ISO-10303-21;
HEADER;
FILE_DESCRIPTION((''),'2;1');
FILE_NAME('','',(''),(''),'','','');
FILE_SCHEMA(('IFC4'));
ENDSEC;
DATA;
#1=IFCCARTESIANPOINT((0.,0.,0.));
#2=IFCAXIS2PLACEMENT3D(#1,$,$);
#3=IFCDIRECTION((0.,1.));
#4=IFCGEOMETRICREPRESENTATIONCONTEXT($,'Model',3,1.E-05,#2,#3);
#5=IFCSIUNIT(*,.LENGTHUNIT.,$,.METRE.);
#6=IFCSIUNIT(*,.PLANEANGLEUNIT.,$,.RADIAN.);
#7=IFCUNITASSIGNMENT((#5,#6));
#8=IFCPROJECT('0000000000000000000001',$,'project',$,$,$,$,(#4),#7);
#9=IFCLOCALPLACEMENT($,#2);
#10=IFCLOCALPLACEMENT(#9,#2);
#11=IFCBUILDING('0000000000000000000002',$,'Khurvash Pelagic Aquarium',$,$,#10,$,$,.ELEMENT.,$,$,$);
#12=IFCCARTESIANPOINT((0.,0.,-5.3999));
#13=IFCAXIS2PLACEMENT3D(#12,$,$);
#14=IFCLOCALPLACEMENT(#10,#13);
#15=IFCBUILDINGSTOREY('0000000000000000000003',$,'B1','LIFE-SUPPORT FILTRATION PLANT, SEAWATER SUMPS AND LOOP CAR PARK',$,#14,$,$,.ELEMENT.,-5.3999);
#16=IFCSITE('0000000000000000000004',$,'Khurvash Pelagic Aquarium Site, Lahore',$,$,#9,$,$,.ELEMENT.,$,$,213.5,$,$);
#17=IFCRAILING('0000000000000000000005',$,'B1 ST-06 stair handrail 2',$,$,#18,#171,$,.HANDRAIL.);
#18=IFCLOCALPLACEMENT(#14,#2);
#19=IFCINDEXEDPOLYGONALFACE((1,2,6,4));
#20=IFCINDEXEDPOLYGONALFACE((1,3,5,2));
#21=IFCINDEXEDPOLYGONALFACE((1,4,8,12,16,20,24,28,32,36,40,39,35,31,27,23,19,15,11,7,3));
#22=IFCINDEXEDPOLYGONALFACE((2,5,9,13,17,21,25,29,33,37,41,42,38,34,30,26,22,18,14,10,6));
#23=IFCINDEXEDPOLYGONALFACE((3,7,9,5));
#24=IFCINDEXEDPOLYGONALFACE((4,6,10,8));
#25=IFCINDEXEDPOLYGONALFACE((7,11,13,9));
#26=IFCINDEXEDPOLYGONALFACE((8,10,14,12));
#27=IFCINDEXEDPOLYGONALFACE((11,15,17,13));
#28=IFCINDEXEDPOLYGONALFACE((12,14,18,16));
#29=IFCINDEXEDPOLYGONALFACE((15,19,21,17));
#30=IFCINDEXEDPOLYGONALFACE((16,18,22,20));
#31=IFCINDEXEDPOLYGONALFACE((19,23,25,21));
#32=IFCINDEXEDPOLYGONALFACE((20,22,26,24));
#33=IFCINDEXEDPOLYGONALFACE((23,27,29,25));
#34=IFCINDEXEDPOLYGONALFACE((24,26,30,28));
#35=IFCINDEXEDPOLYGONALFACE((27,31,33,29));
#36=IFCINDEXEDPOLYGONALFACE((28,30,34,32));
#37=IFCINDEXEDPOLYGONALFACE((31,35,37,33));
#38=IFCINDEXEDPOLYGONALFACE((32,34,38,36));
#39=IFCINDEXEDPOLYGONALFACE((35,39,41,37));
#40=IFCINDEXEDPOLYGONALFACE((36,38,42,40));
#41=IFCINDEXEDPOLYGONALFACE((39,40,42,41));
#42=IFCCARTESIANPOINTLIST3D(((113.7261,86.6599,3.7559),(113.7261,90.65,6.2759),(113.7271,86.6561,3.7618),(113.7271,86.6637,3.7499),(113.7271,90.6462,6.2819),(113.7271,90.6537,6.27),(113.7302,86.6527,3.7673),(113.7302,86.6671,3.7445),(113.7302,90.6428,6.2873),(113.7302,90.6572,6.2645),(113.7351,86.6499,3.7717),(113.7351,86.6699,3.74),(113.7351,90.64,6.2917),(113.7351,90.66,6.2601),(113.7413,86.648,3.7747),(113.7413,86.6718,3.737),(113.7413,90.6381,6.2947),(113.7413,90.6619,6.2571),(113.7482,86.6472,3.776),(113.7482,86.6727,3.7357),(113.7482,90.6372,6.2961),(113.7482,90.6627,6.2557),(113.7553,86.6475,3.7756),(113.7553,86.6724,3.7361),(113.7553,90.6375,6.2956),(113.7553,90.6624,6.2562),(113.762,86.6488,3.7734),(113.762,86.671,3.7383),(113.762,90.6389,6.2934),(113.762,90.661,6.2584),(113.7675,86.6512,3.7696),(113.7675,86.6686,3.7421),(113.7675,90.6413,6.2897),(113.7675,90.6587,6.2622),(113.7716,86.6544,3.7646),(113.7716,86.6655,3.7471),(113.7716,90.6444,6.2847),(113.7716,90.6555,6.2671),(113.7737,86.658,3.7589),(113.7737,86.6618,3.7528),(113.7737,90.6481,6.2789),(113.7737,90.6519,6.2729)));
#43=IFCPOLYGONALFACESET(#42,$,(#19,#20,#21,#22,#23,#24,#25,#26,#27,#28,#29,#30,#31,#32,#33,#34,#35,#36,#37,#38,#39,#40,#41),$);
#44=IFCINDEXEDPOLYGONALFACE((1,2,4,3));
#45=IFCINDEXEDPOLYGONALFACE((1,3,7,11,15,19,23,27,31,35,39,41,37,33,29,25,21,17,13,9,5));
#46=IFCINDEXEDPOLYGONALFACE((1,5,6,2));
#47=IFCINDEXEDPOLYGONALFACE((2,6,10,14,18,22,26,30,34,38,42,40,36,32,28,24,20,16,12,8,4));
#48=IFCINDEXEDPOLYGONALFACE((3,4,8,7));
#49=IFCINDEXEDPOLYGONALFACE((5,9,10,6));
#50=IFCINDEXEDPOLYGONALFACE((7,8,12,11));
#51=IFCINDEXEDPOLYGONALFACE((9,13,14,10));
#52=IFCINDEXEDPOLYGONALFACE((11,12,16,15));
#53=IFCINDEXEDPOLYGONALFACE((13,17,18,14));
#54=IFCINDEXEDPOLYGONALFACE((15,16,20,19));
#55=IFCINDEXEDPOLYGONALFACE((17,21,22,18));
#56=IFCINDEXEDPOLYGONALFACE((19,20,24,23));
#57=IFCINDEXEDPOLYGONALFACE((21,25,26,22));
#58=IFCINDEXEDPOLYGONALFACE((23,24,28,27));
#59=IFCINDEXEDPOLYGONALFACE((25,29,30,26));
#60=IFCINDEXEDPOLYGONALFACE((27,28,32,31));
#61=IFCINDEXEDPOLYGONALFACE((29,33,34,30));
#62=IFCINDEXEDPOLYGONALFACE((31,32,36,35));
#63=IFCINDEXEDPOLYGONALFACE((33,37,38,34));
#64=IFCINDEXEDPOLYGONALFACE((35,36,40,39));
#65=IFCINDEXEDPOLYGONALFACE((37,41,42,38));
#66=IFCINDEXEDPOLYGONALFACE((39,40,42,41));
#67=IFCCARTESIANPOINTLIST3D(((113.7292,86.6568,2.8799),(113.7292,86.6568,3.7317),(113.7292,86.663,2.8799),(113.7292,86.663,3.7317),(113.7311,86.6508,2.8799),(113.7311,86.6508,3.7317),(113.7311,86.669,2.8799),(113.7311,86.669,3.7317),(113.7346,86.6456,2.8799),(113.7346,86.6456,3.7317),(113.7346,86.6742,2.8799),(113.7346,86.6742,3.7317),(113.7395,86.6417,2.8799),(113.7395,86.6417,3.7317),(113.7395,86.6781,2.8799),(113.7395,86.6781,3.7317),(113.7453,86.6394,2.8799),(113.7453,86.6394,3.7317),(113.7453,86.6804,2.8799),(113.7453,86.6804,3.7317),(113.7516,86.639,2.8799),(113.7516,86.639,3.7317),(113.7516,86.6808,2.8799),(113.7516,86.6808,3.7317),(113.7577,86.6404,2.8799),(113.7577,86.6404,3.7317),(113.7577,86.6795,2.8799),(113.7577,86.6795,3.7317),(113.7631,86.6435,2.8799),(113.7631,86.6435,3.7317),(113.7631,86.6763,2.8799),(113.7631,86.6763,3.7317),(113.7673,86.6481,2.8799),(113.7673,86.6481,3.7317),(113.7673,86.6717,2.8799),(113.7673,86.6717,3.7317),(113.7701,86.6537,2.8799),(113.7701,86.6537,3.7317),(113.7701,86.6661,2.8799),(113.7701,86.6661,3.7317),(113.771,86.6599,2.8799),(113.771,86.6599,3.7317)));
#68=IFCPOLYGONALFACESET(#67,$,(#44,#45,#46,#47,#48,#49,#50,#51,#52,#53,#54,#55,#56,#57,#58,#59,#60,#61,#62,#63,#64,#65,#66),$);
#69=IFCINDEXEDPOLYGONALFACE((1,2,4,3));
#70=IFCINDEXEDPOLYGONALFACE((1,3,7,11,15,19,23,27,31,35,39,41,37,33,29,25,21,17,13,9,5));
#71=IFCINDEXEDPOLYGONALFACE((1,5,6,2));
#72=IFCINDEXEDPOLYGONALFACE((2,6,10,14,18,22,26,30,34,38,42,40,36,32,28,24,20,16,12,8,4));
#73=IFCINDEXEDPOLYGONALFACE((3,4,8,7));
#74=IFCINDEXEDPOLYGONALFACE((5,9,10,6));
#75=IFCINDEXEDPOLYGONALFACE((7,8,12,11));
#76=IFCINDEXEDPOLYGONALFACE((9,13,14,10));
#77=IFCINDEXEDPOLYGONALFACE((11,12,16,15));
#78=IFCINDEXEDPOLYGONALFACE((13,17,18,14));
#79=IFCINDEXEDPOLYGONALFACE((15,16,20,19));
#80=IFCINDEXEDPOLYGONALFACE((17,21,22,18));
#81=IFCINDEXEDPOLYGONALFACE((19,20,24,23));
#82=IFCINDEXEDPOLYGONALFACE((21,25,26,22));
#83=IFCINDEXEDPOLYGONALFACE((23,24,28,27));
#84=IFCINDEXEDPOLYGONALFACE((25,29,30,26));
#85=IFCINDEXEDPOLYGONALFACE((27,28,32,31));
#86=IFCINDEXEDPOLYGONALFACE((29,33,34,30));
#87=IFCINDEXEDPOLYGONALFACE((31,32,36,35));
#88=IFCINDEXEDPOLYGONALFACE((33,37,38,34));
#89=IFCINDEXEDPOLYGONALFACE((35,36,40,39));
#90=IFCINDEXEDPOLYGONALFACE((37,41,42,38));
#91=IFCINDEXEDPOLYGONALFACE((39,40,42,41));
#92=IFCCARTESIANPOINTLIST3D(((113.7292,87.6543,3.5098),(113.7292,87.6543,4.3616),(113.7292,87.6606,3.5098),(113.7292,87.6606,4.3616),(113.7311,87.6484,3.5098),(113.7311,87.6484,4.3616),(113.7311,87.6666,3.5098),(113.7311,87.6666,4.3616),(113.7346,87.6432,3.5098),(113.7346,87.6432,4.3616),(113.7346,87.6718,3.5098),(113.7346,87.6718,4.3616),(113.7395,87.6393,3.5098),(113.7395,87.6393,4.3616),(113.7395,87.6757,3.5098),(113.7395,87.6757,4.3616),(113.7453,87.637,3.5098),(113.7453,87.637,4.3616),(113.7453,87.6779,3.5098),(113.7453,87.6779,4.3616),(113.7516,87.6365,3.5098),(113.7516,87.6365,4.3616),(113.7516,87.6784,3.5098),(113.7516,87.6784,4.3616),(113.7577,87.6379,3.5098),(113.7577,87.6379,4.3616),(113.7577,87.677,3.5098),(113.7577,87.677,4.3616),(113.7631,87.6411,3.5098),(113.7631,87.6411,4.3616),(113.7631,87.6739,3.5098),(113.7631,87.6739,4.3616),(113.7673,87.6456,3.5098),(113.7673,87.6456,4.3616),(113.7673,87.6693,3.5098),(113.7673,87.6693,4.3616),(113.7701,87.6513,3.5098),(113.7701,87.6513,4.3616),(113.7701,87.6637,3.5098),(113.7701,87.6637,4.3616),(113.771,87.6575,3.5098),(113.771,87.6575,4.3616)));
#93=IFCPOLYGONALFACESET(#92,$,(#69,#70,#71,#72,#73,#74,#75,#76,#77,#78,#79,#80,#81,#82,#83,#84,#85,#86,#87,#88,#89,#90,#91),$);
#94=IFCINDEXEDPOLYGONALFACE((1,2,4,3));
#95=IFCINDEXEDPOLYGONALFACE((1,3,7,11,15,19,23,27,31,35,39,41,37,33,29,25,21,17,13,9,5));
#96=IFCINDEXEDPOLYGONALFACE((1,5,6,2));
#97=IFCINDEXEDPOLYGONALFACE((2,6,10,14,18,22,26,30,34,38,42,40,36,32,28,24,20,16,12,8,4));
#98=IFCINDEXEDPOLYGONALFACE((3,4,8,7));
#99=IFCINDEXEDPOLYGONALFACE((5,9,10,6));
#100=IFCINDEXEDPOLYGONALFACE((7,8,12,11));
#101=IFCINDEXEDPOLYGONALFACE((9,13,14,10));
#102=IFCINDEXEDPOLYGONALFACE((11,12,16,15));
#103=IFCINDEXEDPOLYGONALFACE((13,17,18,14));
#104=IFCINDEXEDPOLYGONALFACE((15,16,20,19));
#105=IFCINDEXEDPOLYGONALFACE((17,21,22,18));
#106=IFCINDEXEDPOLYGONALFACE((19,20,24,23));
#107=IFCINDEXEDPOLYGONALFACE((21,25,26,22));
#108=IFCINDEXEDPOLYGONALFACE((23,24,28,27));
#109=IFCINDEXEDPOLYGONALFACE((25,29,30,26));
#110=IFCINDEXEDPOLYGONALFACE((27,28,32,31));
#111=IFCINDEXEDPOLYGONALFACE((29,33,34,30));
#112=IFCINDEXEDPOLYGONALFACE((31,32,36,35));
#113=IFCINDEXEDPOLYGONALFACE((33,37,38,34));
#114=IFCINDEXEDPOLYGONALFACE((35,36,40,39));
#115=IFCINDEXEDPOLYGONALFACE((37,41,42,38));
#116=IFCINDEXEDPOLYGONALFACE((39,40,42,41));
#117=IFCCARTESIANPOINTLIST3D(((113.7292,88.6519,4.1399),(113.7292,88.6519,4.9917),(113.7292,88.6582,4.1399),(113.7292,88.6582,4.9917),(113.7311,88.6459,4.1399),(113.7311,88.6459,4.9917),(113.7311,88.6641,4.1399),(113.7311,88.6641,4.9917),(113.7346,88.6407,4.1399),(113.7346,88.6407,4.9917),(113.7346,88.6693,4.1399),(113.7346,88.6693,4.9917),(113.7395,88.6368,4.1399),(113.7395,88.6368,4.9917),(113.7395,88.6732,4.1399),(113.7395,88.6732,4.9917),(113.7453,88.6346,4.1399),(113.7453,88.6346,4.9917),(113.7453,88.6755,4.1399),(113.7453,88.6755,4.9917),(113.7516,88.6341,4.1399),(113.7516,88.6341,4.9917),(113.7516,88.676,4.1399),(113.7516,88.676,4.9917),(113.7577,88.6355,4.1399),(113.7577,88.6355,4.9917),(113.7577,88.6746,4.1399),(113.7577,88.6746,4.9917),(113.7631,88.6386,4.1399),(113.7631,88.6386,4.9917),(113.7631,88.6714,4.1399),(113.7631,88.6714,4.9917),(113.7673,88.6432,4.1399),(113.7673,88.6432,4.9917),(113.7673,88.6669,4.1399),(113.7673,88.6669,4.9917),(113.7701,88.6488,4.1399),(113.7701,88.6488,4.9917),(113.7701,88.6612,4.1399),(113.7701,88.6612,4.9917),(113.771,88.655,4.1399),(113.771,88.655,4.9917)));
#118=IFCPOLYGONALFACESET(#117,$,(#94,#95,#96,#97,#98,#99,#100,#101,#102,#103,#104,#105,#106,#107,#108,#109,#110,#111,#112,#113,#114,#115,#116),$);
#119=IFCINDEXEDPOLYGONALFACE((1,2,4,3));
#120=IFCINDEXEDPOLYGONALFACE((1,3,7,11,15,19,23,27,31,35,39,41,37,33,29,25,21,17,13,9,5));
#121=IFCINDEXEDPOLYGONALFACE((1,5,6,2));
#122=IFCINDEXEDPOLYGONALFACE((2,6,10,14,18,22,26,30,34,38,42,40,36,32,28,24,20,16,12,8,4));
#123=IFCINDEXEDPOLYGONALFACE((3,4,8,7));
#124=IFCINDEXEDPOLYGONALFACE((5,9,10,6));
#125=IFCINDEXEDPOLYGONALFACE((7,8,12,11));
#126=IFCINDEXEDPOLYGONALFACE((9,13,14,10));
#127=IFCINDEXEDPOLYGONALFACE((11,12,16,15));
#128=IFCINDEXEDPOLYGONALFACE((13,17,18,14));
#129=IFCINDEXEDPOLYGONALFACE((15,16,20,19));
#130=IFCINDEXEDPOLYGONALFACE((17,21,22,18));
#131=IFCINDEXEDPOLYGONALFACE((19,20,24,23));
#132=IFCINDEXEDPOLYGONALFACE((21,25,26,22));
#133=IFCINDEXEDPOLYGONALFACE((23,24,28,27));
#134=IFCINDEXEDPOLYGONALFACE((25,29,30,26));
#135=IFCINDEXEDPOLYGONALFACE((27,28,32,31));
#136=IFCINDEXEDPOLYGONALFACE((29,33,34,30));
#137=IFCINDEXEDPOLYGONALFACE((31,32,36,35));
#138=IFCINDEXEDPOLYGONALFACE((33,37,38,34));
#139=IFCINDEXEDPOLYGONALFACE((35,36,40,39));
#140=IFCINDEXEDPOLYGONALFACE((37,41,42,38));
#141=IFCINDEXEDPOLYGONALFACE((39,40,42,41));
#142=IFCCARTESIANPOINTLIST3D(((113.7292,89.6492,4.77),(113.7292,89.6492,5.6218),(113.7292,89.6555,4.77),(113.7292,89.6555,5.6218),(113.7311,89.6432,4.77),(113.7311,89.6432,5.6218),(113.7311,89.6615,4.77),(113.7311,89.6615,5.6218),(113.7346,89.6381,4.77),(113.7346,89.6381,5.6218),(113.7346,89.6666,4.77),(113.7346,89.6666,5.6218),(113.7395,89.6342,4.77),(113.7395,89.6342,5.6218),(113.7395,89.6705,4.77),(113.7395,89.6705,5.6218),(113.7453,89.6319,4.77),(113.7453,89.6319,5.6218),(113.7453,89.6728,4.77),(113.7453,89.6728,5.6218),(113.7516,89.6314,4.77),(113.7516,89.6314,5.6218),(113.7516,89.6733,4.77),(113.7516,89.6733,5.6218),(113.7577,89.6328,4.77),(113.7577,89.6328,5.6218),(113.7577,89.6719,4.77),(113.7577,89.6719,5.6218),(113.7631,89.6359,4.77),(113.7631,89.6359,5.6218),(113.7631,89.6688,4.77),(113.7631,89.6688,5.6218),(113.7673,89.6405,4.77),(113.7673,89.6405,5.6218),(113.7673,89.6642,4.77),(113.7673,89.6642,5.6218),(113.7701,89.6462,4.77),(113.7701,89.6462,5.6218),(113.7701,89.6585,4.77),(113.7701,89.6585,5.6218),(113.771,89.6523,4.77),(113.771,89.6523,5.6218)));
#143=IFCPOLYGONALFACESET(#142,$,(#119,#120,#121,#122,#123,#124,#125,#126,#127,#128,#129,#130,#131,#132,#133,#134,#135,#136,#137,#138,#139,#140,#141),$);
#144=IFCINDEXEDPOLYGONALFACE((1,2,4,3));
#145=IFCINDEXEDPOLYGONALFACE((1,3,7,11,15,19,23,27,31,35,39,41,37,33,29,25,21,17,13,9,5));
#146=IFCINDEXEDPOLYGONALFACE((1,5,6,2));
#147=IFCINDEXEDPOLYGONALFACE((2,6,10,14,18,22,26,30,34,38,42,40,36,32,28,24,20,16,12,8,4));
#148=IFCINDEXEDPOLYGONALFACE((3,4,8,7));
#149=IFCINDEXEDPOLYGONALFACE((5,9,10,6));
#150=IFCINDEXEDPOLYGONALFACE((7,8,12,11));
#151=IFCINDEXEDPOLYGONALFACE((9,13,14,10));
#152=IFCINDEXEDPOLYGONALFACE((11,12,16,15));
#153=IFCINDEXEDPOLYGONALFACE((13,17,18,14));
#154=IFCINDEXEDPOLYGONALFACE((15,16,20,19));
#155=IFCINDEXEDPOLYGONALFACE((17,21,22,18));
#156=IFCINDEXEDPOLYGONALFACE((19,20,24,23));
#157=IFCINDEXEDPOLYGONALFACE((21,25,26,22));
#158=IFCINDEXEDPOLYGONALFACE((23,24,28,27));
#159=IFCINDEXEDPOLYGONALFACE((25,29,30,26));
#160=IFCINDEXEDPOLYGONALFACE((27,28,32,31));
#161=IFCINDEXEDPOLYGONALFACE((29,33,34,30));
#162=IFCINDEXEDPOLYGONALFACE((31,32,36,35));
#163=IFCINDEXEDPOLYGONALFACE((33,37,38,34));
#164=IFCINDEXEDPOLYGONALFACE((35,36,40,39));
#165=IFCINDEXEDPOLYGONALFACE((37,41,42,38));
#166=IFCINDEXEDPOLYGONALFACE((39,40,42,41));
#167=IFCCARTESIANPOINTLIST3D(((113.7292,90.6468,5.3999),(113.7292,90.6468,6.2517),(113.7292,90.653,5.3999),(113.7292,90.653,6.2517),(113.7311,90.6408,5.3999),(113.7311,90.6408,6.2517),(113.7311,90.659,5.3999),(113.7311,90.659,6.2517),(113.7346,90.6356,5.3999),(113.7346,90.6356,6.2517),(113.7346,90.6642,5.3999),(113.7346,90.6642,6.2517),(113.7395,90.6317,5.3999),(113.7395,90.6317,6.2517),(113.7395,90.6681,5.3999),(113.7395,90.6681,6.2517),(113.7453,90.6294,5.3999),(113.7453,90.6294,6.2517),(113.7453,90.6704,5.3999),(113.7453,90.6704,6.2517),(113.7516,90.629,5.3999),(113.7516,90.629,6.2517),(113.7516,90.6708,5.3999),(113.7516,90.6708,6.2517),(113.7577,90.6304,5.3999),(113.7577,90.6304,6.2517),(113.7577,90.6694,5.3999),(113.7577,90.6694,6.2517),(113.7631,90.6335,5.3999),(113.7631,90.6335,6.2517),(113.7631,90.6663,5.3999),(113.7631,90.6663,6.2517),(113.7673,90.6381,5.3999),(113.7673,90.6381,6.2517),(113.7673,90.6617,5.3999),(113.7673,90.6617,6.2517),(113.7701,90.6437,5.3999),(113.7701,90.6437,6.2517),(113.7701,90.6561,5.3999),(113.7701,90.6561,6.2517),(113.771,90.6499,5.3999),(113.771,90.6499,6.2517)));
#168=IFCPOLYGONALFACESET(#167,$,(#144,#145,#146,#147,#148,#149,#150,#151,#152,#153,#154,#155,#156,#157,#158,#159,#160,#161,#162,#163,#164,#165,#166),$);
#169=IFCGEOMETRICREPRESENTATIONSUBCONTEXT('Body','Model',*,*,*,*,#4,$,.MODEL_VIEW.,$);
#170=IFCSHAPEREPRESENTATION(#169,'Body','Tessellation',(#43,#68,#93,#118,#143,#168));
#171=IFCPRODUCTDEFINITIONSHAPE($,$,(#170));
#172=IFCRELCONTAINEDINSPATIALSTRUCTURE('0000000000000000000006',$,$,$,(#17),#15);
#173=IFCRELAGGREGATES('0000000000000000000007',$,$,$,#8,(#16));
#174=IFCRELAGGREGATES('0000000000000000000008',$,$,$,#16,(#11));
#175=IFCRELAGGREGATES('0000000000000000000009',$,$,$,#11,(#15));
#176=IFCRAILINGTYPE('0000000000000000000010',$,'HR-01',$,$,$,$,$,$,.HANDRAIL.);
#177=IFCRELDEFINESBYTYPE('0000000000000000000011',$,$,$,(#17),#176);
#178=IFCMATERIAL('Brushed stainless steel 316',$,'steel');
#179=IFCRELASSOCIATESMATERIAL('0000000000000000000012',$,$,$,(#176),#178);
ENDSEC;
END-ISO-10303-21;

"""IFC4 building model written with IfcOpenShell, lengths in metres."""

from ifc_helpers import new_model, si_unit, direction, frame, origin, origin_2d, place, context, subcontext, project, spatial, circle, extrude, material, type_object, element, save


model = new_model("IFC4")

# Units and contexts
model_context = context("Model", 3, precision=1e-05, world=origin(), true_north=direction((0.0, 1.0)))
body_context = subcontext(model_context, "Body", "Model", "MODEL_VIEW")
ifc_project = project(units=[si_unit("LENGTHUNIT", "METRE"), si_unit("PLANEANGLEUNIT", "RADIAN")], contexts=[model_context])

# Site, building, storey
site_placement = place(None, origin())
site = spatial("IfcSite", under=ifc_project, at=site_placement, Name="Khurvash Pelagic Aquarium Site, Lahore", CompositionType="ELEMENT", RefElevation=213.5)
building_placement = place(site_placement, origin())
building = spatial("IfcBuilding", under=site, at=building_placement, Name="Khurvash Pelagic Aquarium", CompositionType="ELEMENT")
storey_placement = place(building_placement, frame((0.0, 0.0, -5.3999)))
storey = spatial("IfcBuildingStorey", under=building, at=storey_placement, Name="B1", Description="LIFE-SUPPORT FILTRATION PLANT, SEAWATER SUMPS AND LOOP CAR PARK", CompositionType="ELEMENT", Elevation=-5.3999)

# Railing
ifc_material_1 = material(Name="Brushed stainless steel 316", Category="steel")
railing_type_1 = type_object("IfcRailingType", Name="HR-01", PredefinedType="HANDRAIL", material=ifc_material_1)
railing_1_placement = place(storey_placement, frame((113.75, 86.6599, 2.8799)))
element("IfcRailing", 1, at=railing_1_placement, inside=storey, type_object=railing_type_1, Name="B1 ST-06 stair handrail 2", PredefinedType="HANDRAIL", context=body_context, shape_type="SweptSolid", body=[
    extrude(circle(Radius=0.0239, at=origin_2d()), frame((0.0, 0.0, 0.876), z_axis=(0.0, 0.845486, 0.533997), x_axis=(-1.0, 0.0, 0.0)), (0.0, 0.0, 1.0), 4.7192),
    extrude(circle(Radius=0.021, at=origin_2d()), origin(), (0.0, 0.0, 1.0), 0.8518),
    extrude(circle(Radius=0.021, at=origin_2d()), frame((0.0, 0.9976, 0.6299)), (0.0, 0.0, 1.0), 0.8518),
    extrude(circle(Radius=0.021, at=origin_2d()), frame((0.0, 1.9951, 1.26)), (0.0, 0.0, 1.0), 0.8518),
    extrude(circle(Radius=0.021, at=origin_2d()), frame((0.0, 2.9924, 1.8901)), (0.0, 0.0, 1.0), 0.8518),
    extrude(circle(Radius=0.021, at=origin_2d()), frame((0.0, 3.99, 2.52)), (0.0, 0.0, 1.0), 0.8518),
])

save(model, "model.ifc")
